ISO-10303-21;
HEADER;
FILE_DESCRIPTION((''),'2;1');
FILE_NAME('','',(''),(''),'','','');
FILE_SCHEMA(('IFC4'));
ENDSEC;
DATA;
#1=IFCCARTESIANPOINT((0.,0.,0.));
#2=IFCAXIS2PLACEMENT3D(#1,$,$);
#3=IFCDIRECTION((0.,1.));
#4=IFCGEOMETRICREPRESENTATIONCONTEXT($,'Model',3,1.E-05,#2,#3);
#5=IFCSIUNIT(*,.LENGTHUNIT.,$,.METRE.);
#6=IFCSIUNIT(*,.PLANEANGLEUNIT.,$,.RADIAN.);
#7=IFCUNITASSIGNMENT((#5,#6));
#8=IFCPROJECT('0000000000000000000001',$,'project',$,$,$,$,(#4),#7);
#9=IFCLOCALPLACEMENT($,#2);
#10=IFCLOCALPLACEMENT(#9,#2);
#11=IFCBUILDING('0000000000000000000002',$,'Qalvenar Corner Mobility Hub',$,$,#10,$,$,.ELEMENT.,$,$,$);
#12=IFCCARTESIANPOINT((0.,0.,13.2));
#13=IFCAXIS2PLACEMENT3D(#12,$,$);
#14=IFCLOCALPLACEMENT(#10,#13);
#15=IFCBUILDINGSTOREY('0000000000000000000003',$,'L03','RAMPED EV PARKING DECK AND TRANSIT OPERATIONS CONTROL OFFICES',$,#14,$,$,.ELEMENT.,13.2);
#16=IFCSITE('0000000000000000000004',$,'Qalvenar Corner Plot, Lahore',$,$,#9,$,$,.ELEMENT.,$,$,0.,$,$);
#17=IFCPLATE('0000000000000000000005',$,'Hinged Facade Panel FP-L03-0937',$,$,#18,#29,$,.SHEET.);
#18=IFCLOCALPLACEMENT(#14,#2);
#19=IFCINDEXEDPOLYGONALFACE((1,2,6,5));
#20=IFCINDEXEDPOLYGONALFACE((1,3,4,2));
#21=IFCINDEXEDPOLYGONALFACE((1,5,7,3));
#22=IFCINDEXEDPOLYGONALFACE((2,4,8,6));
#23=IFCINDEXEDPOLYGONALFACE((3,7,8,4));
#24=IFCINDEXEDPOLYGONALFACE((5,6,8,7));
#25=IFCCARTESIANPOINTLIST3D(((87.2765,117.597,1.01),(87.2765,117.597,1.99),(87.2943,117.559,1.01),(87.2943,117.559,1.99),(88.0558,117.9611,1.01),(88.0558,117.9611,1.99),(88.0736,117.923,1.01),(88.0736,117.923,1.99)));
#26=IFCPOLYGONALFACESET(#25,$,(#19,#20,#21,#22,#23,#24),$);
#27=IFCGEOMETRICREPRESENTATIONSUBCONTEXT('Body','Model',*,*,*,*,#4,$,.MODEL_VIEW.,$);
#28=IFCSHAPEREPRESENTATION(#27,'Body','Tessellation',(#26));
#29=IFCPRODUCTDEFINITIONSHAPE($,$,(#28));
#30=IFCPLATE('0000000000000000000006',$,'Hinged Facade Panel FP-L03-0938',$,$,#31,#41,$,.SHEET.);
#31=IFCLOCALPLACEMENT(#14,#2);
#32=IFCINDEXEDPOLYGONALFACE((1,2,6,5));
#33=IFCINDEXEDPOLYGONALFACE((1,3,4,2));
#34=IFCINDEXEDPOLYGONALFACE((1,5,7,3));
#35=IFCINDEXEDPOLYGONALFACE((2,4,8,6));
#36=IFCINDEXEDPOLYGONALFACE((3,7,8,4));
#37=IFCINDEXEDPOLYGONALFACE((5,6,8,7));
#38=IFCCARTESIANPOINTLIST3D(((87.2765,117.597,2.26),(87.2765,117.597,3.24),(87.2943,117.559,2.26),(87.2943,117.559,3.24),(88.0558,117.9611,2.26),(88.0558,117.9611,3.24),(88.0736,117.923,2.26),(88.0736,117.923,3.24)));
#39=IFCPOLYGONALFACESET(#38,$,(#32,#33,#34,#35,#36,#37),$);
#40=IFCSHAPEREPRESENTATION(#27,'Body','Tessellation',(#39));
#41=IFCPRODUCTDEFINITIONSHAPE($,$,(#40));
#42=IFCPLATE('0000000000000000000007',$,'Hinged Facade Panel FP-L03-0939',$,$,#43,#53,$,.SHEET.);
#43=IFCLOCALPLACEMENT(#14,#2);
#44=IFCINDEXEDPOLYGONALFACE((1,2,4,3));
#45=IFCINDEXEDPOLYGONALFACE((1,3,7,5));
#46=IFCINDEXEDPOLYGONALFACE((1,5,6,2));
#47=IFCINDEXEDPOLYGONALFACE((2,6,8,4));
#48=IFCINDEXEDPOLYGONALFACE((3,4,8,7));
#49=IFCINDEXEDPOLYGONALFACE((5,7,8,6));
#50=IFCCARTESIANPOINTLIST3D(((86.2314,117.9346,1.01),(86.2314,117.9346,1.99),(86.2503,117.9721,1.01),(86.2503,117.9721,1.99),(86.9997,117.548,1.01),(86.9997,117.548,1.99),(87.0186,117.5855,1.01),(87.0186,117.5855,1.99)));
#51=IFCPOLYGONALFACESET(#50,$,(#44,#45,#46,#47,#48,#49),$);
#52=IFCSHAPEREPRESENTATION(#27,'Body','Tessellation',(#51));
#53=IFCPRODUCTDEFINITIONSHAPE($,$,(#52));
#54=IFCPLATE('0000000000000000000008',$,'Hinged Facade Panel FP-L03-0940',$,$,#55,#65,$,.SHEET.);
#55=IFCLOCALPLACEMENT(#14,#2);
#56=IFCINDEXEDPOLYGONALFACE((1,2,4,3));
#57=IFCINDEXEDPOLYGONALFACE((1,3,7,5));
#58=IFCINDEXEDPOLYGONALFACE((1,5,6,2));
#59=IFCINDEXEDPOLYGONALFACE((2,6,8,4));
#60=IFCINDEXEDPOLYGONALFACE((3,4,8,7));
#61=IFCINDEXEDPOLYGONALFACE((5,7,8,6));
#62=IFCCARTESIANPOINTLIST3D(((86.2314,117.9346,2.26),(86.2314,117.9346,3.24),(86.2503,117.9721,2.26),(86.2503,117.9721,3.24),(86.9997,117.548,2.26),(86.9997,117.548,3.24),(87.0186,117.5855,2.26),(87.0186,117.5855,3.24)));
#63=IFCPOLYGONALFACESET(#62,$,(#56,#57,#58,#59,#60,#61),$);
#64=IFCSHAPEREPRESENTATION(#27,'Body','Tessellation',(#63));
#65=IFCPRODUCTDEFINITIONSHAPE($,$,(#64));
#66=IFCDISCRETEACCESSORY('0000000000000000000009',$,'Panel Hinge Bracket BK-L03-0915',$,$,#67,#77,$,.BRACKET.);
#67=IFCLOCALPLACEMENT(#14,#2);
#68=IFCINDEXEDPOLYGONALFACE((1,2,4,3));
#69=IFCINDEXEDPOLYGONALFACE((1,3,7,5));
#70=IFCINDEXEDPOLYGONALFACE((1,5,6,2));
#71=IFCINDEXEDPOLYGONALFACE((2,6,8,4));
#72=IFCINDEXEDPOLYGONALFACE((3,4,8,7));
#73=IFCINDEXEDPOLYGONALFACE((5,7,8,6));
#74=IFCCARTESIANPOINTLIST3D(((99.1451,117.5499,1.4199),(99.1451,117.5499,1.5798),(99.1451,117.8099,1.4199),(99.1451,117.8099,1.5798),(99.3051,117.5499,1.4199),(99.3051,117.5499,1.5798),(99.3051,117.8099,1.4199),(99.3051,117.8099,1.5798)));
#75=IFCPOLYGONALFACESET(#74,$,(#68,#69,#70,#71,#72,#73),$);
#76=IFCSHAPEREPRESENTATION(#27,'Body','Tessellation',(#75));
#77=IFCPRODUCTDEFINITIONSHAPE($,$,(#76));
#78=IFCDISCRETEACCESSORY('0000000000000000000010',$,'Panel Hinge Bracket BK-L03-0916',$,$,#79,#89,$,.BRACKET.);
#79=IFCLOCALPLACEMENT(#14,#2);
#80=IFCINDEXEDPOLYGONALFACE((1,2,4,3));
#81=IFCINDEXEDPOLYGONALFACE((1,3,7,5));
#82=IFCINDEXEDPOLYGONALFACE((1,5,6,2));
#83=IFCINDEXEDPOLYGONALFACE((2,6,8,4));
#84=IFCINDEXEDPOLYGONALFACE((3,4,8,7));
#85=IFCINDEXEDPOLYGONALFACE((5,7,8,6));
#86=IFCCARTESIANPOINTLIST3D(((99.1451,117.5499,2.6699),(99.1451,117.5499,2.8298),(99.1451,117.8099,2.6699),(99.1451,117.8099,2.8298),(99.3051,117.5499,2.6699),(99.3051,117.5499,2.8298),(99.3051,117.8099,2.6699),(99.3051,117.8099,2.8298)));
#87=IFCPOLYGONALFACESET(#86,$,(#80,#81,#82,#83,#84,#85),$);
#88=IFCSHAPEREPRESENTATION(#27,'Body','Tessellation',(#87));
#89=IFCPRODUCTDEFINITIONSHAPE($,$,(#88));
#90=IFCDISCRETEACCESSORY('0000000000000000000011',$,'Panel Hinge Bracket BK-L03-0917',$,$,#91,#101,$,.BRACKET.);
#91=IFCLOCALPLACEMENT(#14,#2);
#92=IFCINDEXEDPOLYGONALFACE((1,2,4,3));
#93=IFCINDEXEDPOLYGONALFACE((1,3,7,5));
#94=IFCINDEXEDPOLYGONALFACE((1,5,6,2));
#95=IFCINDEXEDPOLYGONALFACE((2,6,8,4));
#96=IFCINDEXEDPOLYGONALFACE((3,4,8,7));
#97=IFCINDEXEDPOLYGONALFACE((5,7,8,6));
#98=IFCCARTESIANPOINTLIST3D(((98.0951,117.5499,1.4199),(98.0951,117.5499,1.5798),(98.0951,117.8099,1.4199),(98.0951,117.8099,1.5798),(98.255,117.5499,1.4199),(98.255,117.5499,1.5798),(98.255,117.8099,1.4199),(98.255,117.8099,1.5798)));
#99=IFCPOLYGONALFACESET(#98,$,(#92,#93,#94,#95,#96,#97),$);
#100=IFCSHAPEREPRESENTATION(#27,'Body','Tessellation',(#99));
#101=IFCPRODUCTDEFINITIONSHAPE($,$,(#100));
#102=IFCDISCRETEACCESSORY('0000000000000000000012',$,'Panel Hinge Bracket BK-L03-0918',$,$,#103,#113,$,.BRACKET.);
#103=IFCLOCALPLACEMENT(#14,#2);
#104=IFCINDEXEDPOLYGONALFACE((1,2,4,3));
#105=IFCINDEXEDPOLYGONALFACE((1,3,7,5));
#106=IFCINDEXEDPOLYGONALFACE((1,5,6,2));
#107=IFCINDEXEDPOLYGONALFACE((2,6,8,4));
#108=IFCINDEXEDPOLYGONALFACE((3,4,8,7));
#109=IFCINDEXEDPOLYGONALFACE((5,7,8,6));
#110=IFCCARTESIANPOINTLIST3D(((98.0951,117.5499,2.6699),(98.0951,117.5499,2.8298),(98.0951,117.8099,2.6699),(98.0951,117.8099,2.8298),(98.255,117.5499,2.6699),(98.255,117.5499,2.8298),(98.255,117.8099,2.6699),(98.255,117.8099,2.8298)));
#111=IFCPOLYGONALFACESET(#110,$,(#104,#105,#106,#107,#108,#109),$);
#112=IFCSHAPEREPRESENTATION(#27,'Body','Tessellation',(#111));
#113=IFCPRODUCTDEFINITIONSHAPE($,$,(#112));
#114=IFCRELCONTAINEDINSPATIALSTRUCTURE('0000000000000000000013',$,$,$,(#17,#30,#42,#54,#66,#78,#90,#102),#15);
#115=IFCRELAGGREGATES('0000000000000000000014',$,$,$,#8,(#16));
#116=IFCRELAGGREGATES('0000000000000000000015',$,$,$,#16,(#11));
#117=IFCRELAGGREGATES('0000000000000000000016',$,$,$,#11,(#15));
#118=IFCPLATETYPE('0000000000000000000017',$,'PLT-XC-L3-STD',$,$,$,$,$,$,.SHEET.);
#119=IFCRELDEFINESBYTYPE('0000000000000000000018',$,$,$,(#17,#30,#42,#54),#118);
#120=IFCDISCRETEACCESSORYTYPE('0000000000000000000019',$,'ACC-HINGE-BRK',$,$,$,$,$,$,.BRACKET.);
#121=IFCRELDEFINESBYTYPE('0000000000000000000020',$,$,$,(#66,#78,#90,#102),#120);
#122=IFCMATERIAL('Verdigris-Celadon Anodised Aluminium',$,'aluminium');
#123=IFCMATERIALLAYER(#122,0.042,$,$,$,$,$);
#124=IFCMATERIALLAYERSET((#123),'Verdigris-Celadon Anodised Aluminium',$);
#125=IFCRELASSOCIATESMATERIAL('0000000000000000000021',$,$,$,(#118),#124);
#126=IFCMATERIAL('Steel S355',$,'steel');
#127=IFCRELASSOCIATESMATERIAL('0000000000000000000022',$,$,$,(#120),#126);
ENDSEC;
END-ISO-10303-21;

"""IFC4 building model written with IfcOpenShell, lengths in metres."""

from ifc_helpers import new_model, si_unit, direction, frame, origin, origin_2d, place, context, subcontext, project, spatial, rectangle, extrude, material, layer, layer_set, type_object, element, save


model = new_model("IFC4")

# Units and contexts
model_context = context("Model", 3, precision=1e-05, world=origin(), true_north=direction((0.0, 1.0)))
body_context = subcontext(model_context, "Body", "Model", "MODEL_VIEW")
ifc_project = project(units=[si_unit("LENGTHUNIT", "METRE"), si_unit("PLANEANGLEUNIT", "RADIAN")], contexts=[model_context])

# Site, building, storey
site_placement = place(None, origin())
site = spatial("IfcSite", under=ifc_project, at=site_placement, Name="Qalvenar Corner Plot, Lahore", CompositionType="ELEMENT", RefElevation=0.0)
building_placement = place(site_placement, origin())
building = spatial("IfcBuilding", under=site, at=building_placement, Name="Qalvenar Corner Mobility Hub", CompositionType="ELEMENT")
storey_placement = place(building_placement, frame((0.0, 0.0, 13.2)))
storey = spatial("IfcBuildingStorey", under=building, at=storey_placement, Name="L03", Description="RAMPED EV PARKING DECK AND TRANSIT OPERATIONS CONTROL OFFICES", CompositionType="ELEMENT", Elevation=13.2)

# Plates
ifc_material_1 = material(Name="Verdigris-Celadon Anodised Aluminium", Category="aluminium")
ifc_layer = layer(ifc_material_1, 0.042)
ifc_layer_set = layer_set([ifc_layer], Name="Verdigris-Celadon Anodised Aluminium")
plate_type = type_object("IfcPlateType", Name="PLT-XC-L3-STD", PredefinedType="SHEET", material=ifc_layer_set)
for number, where, z_axis, x_axis, name in (
    (1, (87.675, 117.76, 1.01), (0.0, 0.0, 1.0), (-0.906013, -0.423251, 0.0), "Hinged Facade Panel FP-L03-0937"),
    (2, (87.675, 117.76, 2.26), (0.0, 0.0, 1.0), (-0.906013, -0.423251, 0.0), "Hinged Facade Panel FP-L03-0938"),
    (3, (86.625, 117.76, 1.01), (0.0, 0.0, 1.0), (-0.893293, 0.449475, 0.0), "Hinged Facade Panel FP-L03-0939"),
    (4, (86.625, 117.76, 2.26), (0.0, 0.0, 1.0), (-0.893293, 0.449475, 0.0), "Hinged Facade Panel FP-L03-0940"),
):
    element("IfcPlate", number, at=place(storey_placement, frame(where, z_axis=z_axis, x_axis=x_axis)), inside=storey, type_object=plate_type, Name=name, PredefinedType="SHEET", context=body_context, shape_type="SweptSolid", body=[
        extrude(rectangle(XDim=0.8601, YDim=0.042, at=origin_2d()), origin(), (0.0, 0.0, 1.0), 0.98),
    ])

# Discrete accessories
ifc_material_2 = material(Name="Steel S355", Category="steel")
discrete_accessory_type = type_object("IfcDiscreteAccessoryType", Name="ACC-HINGE-BRK", PredefinedType="BRACKET", material=ifc_material_2)
for number, where, z_axis, x_axis, name in (
    (5, (99.2251, 117.6799, 1.4199), (0.0, 0.0, 1.0), (-1.0, 0.0, 0.0), "Panel Hinge Bracket BK-L03-0915"),
    (6, (99.2251, 117.6799, 2.6699), (0.0, 0.0, 1.0), (-1.0, 0.0, 0.0), "Panel Hinge Bracket BK-L03-0916"),
    (7, (98.175, 117.6799, 1.4199), (0.0, 0.0, 1.0), (-1.0, 0.0, 0.0), "Panel Hinge Bracket BK-L03-0917"),
    (8, (98.175, 117.6799, 2.6699), (0.0, 0.0, 1.0), (-1.0, 0.0, 0.0), "Panel Hinge Bracket BK-L03-0918"),
):
    element("IfcDiscreteAccessory", number, at=place(storey_placement, frame(where, z_axis=z_axis, x_axis=x_axis)), inside=storey, type_object=discrete_accessory_type, Name=name, PredefinedType="BRACKET", context=body_context, shape_type="SweptSolid", body=[
        extrude(rectangle(XDim=0.1599, YDim=0.26, at=origin_2d()), origin(), (0.0, 0.0, 1.0), 0.1599),
    ])

save(model, "model.ifc")
